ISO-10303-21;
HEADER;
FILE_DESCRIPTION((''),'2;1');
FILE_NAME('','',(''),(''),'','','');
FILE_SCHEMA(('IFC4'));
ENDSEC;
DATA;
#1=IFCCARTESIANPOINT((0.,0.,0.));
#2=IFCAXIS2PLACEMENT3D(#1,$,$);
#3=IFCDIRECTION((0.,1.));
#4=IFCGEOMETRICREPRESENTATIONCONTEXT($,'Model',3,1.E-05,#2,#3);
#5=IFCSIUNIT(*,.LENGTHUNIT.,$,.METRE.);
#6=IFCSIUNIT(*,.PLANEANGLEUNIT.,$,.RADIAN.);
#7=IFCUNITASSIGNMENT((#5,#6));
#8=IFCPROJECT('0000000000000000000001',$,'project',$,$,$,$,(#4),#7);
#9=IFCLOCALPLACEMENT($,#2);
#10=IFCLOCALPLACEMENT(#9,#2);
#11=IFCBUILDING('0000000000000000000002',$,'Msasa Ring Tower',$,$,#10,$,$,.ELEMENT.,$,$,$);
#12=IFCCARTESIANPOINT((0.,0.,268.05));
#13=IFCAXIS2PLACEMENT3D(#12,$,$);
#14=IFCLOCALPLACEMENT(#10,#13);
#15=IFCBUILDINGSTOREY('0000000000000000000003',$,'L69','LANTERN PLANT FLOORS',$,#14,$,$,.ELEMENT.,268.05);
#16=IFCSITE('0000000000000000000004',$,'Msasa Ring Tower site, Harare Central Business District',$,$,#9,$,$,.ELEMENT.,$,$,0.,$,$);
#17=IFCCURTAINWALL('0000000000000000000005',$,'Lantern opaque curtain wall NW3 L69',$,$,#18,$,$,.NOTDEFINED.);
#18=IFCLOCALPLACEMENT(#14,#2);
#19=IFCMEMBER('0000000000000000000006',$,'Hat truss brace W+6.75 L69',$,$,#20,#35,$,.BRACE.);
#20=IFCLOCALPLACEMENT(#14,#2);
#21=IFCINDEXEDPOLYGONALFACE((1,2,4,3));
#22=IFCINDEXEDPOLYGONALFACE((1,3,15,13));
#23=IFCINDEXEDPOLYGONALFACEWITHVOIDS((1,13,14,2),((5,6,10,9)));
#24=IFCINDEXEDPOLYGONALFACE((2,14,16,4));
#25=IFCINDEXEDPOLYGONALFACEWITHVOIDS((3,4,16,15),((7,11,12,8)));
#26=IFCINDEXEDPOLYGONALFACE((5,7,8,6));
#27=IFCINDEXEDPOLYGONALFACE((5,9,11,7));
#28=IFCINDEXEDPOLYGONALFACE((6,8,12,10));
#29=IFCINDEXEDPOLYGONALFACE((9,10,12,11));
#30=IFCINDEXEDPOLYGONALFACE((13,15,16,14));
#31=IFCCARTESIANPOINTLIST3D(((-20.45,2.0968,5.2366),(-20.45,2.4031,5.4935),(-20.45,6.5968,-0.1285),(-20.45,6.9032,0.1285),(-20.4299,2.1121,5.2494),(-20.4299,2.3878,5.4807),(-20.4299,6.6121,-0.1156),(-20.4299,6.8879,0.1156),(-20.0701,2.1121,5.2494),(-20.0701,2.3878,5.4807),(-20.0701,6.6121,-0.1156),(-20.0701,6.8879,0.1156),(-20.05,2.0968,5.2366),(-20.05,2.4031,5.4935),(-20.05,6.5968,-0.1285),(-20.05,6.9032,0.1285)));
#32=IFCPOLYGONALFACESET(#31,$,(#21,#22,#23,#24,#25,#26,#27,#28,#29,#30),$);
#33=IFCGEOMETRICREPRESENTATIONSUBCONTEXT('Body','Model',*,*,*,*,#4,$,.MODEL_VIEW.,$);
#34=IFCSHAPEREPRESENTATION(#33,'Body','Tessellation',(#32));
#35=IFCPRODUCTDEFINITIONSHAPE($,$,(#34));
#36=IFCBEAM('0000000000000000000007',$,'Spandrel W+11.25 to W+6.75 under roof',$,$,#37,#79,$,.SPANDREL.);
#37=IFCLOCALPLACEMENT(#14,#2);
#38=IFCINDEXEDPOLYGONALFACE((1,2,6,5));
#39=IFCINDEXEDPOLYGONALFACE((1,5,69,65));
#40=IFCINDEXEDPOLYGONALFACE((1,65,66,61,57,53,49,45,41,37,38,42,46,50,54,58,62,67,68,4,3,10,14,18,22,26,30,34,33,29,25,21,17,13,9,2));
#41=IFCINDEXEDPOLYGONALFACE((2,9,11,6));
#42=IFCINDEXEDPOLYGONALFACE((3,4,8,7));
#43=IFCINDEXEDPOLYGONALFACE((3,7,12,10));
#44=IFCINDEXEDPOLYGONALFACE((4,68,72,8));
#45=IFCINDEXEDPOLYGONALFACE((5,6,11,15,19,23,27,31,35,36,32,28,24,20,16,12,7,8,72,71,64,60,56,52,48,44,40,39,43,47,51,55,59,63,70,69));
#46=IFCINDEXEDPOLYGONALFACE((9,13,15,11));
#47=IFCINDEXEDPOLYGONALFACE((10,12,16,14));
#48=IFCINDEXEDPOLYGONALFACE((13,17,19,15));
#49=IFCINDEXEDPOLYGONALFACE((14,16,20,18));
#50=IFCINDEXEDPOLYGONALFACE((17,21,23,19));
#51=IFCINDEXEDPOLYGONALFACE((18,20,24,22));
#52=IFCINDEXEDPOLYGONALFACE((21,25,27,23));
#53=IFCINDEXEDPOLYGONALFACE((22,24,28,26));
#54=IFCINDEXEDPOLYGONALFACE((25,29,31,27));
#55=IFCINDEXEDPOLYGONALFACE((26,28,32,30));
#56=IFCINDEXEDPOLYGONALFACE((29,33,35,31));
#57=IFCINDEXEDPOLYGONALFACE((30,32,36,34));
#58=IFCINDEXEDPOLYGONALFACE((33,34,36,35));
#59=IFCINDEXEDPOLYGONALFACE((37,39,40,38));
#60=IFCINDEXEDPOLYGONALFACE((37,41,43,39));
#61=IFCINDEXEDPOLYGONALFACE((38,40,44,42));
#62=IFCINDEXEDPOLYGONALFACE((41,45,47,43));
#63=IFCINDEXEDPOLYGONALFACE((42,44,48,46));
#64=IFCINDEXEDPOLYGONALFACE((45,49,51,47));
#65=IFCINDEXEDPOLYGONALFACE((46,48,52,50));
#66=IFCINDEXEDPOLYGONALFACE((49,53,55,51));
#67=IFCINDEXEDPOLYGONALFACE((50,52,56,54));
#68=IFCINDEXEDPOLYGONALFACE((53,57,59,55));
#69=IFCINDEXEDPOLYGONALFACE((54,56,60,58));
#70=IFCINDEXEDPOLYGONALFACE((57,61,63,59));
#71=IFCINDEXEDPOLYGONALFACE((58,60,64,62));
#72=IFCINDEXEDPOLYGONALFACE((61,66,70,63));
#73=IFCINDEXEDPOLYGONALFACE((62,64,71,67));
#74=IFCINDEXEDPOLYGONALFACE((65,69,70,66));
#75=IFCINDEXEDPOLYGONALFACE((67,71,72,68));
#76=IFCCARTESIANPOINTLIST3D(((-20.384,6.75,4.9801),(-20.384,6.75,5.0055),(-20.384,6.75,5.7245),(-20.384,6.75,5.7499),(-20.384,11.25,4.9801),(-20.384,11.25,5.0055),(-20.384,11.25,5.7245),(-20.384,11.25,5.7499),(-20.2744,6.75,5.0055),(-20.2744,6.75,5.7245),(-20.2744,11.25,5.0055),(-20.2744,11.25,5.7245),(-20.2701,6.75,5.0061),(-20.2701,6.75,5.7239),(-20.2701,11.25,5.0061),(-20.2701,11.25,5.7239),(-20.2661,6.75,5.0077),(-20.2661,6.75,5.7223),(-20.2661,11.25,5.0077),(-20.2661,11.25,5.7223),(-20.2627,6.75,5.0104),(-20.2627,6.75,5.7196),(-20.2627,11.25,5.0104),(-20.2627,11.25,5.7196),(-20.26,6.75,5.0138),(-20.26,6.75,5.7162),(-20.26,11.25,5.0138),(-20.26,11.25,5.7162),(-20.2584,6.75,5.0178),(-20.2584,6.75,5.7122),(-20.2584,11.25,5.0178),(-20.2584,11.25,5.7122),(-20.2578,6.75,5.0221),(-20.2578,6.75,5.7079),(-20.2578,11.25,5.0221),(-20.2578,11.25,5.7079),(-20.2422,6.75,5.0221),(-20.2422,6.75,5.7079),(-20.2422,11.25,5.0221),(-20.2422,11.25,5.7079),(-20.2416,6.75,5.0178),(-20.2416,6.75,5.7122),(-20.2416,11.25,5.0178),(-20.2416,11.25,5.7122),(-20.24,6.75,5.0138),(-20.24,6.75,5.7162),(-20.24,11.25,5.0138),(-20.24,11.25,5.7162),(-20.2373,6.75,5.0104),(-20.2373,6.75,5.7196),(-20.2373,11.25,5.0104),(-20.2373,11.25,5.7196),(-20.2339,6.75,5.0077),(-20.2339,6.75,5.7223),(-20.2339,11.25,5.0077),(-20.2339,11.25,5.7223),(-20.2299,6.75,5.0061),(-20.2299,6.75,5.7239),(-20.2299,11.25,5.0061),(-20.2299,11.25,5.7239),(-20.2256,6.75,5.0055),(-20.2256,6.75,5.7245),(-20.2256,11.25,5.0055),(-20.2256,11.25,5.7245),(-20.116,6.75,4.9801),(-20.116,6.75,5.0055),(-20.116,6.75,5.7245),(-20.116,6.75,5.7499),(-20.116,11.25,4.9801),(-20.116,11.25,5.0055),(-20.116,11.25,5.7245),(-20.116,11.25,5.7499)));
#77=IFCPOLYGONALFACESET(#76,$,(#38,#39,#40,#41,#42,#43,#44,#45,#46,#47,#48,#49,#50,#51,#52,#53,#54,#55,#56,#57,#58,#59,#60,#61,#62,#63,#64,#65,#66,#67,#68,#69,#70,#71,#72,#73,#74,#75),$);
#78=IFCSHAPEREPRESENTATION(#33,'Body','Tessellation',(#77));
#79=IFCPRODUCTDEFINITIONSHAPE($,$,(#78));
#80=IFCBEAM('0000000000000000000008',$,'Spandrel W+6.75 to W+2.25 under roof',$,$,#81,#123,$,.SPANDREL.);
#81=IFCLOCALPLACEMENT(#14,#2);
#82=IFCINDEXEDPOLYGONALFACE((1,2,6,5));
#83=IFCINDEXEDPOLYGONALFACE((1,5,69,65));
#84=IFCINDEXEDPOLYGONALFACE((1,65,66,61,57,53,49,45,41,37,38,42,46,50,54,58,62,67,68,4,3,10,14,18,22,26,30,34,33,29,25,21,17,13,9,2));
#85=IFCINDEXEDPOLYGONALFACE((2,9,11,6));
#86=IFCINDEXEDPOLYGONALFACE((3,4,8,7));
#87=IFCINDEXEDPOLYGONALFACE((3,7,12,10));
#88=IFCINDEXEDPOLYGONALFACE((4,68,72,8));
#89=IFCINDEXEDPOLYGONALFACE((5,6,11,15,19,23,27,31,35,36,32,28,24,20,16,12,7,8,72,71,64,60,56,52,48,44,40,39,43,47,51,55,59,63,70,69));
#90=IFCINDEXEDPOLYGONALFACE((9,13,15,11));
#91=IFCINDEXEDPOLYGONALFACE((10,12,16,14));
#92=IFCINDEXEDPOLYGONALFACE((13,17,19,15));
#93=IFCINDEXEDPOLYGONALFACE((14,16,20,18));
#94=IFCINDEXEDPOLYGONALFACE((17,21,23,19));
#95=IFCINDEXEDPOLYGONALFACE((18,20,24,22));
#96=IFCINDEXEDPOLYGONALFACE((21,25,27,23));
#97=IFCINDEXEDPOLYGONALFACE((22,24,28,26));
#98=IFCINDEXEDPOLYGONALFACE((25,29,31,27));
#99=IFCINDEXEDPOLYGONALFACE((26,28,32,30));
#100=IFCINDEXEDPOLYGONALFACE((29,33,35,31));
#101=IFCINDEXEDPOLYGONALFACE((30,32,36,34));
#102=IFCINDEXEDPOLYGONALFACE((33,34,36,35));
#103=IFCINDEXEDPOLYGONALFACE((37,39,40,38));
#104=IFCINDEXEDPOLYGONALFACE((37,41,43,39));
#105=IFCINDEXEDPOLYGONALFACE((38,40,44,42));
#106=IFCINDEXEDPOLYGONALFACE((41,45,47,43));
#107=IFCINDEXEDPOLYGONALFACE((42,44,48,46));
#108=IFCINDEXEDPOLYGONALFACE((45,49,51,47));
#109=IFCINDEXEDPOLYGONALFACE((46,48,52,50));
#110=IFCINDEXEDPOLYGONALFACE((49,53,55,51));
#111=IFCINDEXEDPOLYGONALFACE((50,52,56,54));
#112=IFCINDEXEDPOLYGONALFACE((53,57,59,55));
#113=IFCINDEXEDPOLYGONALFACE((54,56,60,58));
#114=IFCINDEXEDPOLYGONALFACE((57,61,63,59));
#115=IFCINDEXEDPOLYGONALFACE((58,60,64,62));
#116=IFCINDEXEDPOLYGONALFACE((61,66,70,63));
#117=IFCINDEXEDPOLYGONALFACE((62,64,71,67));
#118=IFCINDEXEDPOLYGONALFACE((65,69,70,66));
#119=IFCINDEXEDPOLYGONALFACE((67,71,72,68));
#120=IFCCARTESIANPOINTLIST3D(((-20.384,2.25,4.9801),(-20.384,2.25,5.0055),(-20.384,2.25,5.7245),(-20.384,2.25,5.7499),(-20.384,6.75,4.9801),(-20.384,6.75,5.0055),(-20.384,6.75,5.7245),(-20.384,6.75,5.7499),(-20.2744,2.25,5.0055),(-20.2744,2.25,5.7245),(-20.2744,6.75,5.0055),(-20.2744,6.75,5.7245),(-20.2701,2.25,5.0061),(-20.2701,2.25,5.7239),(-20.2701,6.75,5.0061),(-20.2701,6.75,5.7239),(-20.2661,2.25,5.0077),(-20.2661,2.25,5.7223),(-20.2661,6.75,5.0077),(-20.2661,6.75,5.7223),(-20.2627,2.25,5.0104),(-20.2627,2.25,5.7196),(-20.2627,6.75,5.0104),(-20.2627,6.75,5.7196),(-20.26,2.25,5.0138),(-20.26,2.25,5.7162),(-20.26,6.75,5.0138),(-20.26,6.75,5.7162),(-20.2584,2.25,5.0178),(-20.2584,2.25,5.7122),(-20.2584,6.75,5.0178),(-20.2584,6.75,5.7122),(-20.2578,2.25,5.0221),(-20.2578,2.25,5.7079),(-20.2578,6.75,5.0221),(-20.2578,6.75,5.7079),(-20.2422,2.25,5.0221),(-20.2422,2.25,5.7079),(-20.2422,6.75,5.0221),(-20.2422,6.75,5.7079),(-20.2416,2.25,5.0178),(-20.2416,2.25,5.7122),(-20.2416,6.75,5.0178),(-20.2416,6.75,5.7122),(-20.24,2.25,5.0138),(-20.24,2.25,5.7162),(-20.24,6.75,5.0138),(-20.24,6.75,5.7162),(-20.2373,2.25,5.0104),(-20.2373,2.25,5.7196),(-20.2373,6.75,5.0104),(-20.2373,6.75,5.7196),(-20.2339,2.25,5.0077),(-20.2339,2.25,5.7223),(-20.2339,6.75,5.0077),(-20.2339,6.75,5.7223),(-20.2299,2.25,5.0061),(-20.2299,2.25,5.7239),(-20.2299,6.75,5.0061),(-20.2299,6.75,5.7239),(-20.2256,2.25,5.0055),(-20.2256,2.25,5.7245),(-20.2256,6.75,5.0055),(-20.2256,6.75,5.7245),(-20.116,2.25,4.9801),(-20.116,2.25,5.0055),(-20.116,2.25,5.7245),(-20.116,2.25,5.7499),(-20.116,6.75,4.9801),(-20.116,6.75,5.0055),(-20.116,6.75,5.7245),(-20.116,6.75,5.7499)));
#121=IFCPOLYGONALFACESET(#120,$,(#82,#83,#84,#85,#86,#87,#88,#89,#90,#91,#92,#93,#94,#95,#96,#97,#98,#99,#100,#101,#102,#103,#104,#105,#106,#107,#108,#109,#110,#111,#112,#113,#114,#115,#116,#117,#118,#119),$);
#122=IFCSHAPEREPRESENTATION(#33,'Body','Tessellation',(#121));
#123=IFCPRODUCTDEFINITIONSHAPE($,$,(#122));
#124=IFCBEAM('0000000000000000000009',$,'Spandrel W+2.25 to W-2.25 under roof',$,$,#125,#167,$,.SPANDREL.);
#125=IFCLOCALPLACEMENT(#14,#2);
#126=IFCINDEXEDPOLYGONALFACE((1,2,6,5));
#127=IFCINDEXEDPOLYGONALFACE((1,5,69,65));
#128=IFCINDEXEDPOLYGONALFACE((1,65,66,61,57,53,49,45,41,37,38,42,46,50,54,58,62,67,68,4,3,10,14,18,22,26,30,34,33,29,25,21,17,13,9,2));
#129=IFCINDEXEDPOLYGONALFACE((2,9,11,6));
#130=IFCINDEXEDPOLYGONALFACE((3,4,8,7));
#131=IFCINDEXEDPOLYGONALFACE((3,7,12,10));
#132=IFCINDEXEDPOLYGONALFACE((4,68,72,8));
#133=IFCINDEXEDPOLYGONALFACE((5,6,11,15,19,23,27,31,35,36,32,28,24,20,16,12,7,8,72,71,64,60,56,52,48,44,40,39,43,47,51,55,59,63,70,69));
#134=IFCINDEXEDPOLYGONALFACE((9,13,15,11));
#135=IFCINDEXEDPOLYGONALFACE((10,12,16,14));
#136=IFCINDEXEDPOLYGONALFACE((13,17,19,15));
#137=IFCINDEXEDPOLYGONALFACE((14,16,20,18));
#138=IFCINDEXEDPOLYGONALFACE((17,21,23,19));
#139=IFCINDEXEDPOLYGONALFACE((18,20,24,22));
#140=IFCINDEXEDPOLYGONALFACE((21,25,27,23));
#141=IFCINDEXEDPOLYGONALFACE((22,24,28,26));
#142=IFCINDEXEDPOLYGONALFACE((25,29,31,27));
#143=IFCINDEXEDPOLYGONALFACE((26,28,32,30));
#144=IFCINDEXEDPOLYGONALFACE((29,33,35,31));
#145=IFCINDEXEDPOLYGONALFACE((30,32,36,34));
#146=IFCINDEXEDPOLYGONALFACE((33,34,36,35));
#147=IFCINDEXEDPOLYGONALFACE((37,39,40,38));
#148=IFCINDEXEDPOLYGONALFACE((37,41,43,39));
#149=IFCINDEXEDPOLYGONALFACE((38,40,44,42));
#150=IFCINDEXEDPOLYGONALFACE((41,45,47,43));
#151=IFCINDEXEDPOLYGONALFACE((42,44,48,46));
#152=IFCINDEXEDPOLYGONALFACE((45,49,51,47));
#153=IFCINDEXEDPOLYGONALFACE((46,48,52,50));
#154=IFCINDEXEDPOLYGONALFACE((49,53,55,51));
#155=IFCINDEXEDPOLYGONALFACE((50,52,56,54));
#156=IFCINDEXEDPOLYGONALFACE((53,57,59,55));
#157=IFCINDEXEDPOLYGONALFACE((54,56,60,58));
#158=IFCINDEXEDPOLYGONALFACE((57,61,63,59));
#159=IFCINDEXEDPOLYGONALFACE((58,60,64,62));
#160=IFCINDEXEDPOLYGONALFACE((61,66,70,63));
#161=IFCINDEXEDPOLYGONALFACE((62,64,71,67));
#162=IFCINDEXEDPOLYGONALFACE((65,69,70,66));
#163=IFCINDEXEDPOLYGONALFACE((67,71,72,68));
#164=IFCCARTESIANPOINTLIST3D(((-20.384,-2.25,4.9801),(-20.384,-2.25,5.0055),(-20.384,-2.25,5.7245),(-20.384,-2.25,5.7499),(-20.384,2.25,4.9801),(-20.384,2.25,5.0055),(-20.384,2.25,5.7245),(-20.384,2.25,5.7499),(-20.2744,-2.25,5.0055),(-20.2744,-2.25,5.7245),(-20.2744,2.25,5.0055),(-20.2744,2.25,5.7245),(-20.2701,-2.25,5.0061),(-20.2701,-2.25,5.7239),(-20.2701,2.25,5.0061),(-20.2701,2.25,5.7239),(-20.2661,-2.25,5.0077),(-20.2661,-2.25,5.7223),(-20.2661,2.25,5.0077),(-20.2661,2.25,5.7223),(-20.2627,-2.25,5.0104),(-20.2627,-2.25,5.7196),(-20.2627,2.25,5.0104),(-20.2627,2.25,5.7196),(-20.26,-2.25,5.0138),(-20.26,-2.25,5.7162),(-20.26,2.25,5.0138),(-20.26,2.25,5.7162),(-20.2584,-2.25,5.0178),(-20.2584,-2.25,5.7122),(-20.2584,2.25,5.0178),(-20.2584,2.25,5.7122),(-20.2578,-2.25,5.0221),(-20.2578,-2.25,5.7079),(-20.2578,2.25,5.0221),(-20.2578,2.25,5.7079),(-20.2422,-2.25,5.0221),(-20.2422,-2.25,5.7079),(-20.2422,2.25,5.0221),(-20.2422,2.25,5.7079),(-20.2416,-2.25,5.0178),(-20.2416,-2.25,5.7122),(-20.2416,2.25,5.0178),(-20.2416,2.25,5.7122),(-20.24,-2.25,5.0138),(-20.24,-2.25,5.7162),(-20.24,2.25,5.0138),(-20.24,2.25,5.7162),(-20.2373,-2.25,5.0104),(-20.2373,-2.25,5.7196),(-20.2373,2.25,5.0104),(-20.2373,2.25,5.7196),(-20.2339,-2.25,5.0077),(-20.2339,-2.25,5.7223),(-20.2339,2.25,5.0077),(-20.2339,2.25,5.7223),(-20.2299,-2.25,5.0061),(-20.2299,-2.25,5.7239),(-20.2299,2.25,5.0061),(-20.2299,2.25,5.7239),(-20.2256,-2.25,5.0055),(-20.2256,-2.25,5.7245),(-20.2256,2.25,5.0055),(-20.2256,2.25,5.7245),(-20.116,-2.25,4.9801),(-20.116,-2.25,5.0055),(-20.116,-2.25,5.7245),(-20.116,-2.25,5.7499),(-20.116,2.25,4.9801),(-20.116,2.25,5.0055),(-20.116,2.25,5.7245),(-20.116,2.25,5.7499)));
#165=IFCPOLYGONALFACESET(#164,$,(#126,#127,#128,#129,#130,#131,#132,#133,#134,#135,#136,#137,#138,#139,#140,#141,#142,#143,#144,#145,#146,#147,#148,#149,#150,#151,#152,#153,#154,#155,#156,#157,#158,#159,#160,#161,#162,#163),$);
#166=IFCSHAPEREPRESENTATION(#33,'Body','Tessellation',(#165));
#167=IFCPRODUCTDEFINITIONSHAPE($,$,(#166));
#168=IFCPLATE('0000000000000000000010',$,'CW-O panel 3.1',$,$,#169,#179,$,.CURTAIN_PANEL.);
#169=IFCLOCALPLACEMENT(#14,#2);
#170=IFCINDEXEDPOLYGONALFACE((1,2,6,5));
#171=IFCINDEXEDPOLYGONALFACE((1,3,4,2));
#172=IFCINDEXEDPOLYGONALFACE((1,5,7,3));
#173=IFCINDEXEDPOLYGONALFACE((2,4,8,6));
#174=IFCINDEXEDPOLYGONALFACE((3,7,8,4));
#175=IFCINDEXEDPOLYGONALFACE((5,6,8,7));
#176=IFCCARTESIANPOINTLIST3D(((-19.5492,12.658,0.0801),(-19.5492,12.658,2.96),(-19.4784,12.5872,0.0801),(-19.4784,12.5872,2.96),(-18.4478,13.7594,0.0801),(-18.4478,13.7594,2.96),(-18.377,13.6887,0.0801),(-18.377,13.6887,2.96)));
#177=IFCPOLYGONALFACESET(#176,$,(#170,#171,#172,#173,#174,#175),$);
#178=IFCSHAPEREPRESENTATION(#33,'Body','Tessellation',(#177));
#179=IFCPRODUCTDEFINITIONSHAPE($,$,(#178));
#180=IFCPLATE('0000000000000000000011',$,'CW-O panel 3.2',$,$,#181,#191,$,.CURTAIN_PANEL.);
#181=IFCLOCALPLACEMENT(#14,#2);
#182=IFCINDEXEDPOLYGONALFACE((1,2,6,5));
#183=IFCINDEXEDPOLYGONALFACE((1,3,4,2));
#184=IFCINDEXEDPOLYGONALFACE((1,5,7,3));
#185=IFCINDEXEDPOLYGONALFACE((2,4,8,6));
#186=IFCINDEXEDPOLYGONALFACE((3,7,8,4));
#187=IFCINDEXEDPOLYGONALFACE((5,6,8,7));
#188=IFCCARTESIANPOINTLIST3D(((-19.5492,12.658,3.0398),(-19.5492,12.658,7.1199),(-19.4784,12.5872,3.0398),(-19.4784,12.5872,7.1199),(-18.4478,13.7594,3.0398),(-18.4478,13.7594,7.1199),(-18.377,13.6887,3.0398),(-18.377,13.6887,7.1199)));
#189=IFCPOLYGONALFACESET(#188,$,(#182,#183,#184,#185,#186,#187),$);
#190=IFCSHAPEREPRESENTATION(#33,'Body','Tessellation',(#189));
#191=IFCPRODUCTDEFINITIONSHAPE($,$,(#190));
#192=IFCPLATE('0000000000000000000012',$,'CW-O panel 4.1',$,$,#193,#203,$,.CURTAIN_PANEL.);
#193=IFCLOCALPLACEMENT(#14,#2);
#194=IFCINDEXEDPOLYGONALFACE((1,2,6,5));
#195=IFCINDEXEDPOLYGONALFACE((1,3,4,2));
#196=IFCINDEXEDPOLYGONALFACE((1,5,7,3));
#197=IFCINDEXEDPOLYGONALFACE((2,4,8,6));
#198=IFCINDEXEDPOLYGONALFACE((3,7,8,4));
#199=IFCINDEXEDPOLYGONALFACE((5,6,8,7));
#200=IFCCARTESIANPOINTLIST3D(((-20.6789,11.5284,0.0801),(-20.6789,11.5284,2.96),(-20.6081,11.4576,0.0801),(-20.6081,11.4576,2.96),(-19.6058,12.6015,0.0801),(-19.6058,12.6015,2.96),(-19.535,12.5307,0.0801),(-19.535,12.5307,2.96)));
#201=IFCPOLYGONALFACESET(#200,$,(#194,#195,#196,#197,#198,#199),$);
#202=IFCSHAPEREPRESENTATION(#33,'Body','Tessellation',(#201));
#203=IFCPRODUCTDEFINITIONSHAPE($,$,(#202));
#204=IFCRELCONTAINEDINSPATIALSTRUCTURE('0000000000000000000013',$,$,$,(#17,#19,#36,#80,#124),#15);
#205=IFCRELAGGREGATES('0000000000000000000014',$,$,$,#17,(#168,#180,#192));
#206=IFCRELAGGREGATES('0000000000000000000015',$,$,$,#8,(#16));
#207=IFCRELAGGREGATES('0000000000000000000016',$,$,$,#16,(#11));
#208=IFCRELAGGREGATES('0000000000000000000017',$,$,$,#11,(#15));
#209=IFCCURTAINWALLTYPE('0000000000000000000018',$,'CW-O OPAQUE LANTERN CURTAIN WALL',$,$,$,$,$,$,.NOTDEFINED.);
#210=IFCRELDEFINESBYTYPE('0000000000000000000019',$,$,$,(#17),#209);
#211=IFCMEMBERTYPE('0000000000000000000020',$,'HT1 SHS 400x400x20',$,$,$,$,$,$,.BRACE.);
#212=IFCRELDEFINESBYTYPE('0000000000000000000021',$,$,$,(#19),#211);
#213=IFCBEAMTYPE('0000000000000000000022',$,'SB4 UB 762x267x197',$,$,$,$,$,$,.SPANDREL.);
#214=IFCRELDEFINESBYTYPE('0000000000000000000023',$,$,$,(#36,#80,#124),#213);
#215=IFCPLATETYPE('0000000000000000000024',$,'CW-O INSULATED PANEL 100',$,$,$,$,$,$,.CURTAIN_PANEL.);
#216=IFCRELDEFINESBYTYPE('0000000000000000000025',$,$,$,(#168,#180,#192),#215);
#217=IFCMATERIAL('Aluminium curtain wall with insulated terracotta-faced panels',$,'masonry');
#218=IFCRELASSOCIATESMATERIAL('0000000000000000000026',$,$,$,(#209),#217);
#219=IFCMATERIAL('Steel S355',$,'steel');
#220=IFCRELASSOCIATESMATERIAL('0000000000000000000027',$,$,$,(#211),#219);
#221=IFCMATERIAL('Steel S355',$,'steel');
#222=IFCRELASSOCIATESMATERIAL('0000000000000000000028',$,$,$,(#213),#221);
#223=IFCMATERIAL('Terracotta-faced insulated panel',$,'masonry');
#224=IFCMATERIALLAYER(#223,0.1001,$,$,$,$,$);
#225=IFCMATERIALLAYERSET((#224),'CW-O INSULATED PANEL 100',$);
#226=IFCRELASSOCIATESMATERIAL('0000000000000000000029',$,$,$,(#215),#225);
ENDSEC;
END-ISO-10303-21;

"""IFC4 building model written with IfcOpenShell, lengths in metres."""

from ifc_helpers import new_model, si_unit, direction, frame, origin, origin_2d, place, context, subcontext, project, spatial, rectangle, hollow_rectangle, i_section, extrude, material, layer, layer_set, material_profile, profile_set, type_object, element, aggregate, save


model = new_model("IFC4")

# Units and contexts
model_context = context("Model", 3, precision=1e-05, world=origin(), true_north=direction((0.0, 1.0)))
body_context = subcontext(model_context, "Body", "Model", "MODEL_VIEW")
ifc_project = project(units=[si_unit("LENGTHUNIT", "METRE"), si_unit("PLANEANGLEUNIT", "RADIAN")], contexts=[model_context])

# Site, building, storey
site_placement = place(None, origin())
site = spatial("IfcSite", under=ifc_project, at=site_placement, Name="Msasa Ring Tower site, Harare Central Business District", CompositionType="ELEMENT", RefElevation=0.0)
building_placement = place(site_placement, origin())
building = spatial("IfcBuilding", under=site, at=building_placement, Name="Msasa Ring Tower", CompositionType="ELEMENT")
storey_placement = place(building_placement, frame((0.0, 0.0, 268.05)))
storey = spatial("IfcBuildingStorey", under=building, at=storey_placement, Name="L69", Description="LANTERN PLANT FLOORS", CompositionType="ELEMENT", Elevation=268.05)

# Curtain wall
ifc_material_1 = material(Name="Aluminium curtain wall with insulated terracotta-faced panels", Category="masonry")
curtain_wall_type = type_object("IfcCurtainWallType", Name="CW-O OPAQUE LANTERN CURTAIN WALL", PredefinedType="NOTDEFINED", material=ifc_material_1)
curtain_wall_1_placement = place(storey_placement, origin())
curtain_wall_1 = element("IfcCurtainWall", 1, at=curtain_wall_1_placement, inside=storey, type_object=curtain_wall_type, Name="Lantern opaque curtain wall NW3 L69", PredefinedType="NOTDEFINED")

# Member
ifc_material_2 = material(Name="Steel S355", Category="steel")
ifc_material_profile_1 = material_profile(ifc_material_2, hollow_rectangle(XDim=0.3999, YDim=0.3999, WallThickness=0.02, at=origin_2d()), Name="SHS 400x400x20")
ifc_profile_set_1 = profile_set([ifc_material_profile_1], Name="Steel S355")
member_type_1 = type_object("IfcMemberType", Name="HT1 SHS 400x400x20", PredefinedType="BRACE", material=ifc_profile_set_1)
member_1_placement = place(storey_placement, frame((-20.25, 6.75, 0.0), z_axis=(0.0, -0.64264, 0.766168), x_axis=(1.0, 0.0, 0.0)))
element("IfcMember", 2, at=member_1_placement, inside=storey, type_object=member_type_1, Name="Hat truss brace W+6.75 L69", PredefinedType="BRACE", context=body_context, shape_type="SweptSolid", body=[
    extrude(hollow_rectangle(XDim=0.3999, YDim=0.3999, WallThickness=0.02, at=origin_2d()), origin(), (0.0, 0.0, 1.0), 7.0024),
])

# Beams
ifc_material_3 = material(Name="Steel S355", Category="steel")
ifc_material_profile_2 = material_profile(ifc_material_3, i_section(OverallWidth=0.2681, OverallDepth=0.7698, WebThickness=0.0156, FlangeThickness=0.0254, FilletRadius=0.0166, at=origin_2d()), Name="UB 762x267x197")
ifc_profile_set_2 = profile_set([ifc_material_profile_2], Name="Steel S355")
beam_type_1 = type_object("IfcBeamType", Name="SB4 UB 762x267x197", PredefinedType="SPANDREL", material=ifc_profile_set_2)
for number, where, z_axis, x_axis, name in (
    (3, (-20.25, 11.25, 5.365), (0.0, -1.0, 0.0), (1.0, 0.0, 0.0), "Spandrel W+11.25 to W+6.75 under roof"),
    (4, (-20.25, 6.75, 5.365), (0.0, -1.0, 0.0), (1.0, 0.0, 0.0), "Spandrel W+6.75 to W+2.25 under roof"),
    (5, (-20.25, 2.25, 5.365), (0.0, -1.0, 0.0), (1.0, 0.0, 0.0), "Spandrel W+2.25 to W-2.25 under roof"),
):
    element("IfcBeam", number, at=place(storey_placement, frame(where, z_axis=z_axis, x_axis=x_axis)), inside=storey, type_object=beam_type_1, Name=name, PredefinedType="SPANDREL", context=body_context, shape_type="SweptSolid", body=[
        extrude(i_section(OverallWidth=0.2681, OverallDepth=0.7698, WebThickness=0.0156, FlangeThickness=0.0254, FilletRadius=0.0166, at=origin_2d()), origin(), (0.0, 0.0, 1.0), 4.5),
    ])

# Plates
ifc_material_4 = material(Name="Terracotta-faced insulated panel", Category="masonry")
ifc_layer_1 = layer(ifc_material_4, 0.1001)
ifc_layer_set_1 = layer_set([ifc_layer_1], Name="CW-O INSULATED PANEL 100")
plate_type = type_object("IfcPlateType", Name="CW-O INSULATED PANEL 100", PredefinedType="CURTAIN_PANEL", material=ifc_layer_set_1)
plate_1_placement = place(storey_placement, frame((-18.9631, 13.1733, 0.0801), z_axis=(0.0, 0.0, 1.0), x_axis=(-0.707107, -0.707107, 0.0)))
plate_1 = element("IfcPlate", 6, at=plate_1_placement, type_object=plate_type, Name="CW-O panel 3.1", PredefinedType="CURTAIN_PANEL", context=body_context, shape_type="SweptSolid", body=[
    extrude(rectangle(XDim=1.5576, YDim=0.1001, at=origin_2d()), origin(), (0.0, 0.0, 1.0), 2.8799),
])
plate_2_placement = place(storey_placement, frame((-18.9631, 13.1733, 3.0398), z_axis=(0.0, 0.0, 1.0), x_axis=(-0.707107, -0.707107, 0.0)))
plate_2 = element("IfcPlate", 7, at=plate_2_placement, type_object=plate_type, Name="CW-O panel 3.2", PredefinedType="CURTAIN_PANEL", context=body_context, shape_type="SweptSolid", body=[
    extrude(rectangle(XDim=1.5576, YDim=0.1001, at=origin_2d()), origin(), (0.0, 0.0, 1.0), 4.0801),
])
plate_3_placement = place(storey_placement, frame((-20.1069, 12.0295, 0.0801), z_axis=(0.0, 0.0, 1.0), x_axis=(-0.707107, -0.707107, 0.0)))
plate_3 = element("IfcPlate", 8, at=plate_3_placement, type_object=plate_type, Name="CW-O panel 4.1", PredefinedType="CURTAIN_PANEL", context=body_context, shape_type="SweptSolid", body=[
    extrude(rectangle(XDim=1.5176, YDim=0.1001, at=origin_2d()), origin(), (0.0, 0.0, 1.0), 2.8799),
])
aggregate(curtain_wall_1, [plate_1, plate_2, plate_3])

save(model, "model.ifc")
